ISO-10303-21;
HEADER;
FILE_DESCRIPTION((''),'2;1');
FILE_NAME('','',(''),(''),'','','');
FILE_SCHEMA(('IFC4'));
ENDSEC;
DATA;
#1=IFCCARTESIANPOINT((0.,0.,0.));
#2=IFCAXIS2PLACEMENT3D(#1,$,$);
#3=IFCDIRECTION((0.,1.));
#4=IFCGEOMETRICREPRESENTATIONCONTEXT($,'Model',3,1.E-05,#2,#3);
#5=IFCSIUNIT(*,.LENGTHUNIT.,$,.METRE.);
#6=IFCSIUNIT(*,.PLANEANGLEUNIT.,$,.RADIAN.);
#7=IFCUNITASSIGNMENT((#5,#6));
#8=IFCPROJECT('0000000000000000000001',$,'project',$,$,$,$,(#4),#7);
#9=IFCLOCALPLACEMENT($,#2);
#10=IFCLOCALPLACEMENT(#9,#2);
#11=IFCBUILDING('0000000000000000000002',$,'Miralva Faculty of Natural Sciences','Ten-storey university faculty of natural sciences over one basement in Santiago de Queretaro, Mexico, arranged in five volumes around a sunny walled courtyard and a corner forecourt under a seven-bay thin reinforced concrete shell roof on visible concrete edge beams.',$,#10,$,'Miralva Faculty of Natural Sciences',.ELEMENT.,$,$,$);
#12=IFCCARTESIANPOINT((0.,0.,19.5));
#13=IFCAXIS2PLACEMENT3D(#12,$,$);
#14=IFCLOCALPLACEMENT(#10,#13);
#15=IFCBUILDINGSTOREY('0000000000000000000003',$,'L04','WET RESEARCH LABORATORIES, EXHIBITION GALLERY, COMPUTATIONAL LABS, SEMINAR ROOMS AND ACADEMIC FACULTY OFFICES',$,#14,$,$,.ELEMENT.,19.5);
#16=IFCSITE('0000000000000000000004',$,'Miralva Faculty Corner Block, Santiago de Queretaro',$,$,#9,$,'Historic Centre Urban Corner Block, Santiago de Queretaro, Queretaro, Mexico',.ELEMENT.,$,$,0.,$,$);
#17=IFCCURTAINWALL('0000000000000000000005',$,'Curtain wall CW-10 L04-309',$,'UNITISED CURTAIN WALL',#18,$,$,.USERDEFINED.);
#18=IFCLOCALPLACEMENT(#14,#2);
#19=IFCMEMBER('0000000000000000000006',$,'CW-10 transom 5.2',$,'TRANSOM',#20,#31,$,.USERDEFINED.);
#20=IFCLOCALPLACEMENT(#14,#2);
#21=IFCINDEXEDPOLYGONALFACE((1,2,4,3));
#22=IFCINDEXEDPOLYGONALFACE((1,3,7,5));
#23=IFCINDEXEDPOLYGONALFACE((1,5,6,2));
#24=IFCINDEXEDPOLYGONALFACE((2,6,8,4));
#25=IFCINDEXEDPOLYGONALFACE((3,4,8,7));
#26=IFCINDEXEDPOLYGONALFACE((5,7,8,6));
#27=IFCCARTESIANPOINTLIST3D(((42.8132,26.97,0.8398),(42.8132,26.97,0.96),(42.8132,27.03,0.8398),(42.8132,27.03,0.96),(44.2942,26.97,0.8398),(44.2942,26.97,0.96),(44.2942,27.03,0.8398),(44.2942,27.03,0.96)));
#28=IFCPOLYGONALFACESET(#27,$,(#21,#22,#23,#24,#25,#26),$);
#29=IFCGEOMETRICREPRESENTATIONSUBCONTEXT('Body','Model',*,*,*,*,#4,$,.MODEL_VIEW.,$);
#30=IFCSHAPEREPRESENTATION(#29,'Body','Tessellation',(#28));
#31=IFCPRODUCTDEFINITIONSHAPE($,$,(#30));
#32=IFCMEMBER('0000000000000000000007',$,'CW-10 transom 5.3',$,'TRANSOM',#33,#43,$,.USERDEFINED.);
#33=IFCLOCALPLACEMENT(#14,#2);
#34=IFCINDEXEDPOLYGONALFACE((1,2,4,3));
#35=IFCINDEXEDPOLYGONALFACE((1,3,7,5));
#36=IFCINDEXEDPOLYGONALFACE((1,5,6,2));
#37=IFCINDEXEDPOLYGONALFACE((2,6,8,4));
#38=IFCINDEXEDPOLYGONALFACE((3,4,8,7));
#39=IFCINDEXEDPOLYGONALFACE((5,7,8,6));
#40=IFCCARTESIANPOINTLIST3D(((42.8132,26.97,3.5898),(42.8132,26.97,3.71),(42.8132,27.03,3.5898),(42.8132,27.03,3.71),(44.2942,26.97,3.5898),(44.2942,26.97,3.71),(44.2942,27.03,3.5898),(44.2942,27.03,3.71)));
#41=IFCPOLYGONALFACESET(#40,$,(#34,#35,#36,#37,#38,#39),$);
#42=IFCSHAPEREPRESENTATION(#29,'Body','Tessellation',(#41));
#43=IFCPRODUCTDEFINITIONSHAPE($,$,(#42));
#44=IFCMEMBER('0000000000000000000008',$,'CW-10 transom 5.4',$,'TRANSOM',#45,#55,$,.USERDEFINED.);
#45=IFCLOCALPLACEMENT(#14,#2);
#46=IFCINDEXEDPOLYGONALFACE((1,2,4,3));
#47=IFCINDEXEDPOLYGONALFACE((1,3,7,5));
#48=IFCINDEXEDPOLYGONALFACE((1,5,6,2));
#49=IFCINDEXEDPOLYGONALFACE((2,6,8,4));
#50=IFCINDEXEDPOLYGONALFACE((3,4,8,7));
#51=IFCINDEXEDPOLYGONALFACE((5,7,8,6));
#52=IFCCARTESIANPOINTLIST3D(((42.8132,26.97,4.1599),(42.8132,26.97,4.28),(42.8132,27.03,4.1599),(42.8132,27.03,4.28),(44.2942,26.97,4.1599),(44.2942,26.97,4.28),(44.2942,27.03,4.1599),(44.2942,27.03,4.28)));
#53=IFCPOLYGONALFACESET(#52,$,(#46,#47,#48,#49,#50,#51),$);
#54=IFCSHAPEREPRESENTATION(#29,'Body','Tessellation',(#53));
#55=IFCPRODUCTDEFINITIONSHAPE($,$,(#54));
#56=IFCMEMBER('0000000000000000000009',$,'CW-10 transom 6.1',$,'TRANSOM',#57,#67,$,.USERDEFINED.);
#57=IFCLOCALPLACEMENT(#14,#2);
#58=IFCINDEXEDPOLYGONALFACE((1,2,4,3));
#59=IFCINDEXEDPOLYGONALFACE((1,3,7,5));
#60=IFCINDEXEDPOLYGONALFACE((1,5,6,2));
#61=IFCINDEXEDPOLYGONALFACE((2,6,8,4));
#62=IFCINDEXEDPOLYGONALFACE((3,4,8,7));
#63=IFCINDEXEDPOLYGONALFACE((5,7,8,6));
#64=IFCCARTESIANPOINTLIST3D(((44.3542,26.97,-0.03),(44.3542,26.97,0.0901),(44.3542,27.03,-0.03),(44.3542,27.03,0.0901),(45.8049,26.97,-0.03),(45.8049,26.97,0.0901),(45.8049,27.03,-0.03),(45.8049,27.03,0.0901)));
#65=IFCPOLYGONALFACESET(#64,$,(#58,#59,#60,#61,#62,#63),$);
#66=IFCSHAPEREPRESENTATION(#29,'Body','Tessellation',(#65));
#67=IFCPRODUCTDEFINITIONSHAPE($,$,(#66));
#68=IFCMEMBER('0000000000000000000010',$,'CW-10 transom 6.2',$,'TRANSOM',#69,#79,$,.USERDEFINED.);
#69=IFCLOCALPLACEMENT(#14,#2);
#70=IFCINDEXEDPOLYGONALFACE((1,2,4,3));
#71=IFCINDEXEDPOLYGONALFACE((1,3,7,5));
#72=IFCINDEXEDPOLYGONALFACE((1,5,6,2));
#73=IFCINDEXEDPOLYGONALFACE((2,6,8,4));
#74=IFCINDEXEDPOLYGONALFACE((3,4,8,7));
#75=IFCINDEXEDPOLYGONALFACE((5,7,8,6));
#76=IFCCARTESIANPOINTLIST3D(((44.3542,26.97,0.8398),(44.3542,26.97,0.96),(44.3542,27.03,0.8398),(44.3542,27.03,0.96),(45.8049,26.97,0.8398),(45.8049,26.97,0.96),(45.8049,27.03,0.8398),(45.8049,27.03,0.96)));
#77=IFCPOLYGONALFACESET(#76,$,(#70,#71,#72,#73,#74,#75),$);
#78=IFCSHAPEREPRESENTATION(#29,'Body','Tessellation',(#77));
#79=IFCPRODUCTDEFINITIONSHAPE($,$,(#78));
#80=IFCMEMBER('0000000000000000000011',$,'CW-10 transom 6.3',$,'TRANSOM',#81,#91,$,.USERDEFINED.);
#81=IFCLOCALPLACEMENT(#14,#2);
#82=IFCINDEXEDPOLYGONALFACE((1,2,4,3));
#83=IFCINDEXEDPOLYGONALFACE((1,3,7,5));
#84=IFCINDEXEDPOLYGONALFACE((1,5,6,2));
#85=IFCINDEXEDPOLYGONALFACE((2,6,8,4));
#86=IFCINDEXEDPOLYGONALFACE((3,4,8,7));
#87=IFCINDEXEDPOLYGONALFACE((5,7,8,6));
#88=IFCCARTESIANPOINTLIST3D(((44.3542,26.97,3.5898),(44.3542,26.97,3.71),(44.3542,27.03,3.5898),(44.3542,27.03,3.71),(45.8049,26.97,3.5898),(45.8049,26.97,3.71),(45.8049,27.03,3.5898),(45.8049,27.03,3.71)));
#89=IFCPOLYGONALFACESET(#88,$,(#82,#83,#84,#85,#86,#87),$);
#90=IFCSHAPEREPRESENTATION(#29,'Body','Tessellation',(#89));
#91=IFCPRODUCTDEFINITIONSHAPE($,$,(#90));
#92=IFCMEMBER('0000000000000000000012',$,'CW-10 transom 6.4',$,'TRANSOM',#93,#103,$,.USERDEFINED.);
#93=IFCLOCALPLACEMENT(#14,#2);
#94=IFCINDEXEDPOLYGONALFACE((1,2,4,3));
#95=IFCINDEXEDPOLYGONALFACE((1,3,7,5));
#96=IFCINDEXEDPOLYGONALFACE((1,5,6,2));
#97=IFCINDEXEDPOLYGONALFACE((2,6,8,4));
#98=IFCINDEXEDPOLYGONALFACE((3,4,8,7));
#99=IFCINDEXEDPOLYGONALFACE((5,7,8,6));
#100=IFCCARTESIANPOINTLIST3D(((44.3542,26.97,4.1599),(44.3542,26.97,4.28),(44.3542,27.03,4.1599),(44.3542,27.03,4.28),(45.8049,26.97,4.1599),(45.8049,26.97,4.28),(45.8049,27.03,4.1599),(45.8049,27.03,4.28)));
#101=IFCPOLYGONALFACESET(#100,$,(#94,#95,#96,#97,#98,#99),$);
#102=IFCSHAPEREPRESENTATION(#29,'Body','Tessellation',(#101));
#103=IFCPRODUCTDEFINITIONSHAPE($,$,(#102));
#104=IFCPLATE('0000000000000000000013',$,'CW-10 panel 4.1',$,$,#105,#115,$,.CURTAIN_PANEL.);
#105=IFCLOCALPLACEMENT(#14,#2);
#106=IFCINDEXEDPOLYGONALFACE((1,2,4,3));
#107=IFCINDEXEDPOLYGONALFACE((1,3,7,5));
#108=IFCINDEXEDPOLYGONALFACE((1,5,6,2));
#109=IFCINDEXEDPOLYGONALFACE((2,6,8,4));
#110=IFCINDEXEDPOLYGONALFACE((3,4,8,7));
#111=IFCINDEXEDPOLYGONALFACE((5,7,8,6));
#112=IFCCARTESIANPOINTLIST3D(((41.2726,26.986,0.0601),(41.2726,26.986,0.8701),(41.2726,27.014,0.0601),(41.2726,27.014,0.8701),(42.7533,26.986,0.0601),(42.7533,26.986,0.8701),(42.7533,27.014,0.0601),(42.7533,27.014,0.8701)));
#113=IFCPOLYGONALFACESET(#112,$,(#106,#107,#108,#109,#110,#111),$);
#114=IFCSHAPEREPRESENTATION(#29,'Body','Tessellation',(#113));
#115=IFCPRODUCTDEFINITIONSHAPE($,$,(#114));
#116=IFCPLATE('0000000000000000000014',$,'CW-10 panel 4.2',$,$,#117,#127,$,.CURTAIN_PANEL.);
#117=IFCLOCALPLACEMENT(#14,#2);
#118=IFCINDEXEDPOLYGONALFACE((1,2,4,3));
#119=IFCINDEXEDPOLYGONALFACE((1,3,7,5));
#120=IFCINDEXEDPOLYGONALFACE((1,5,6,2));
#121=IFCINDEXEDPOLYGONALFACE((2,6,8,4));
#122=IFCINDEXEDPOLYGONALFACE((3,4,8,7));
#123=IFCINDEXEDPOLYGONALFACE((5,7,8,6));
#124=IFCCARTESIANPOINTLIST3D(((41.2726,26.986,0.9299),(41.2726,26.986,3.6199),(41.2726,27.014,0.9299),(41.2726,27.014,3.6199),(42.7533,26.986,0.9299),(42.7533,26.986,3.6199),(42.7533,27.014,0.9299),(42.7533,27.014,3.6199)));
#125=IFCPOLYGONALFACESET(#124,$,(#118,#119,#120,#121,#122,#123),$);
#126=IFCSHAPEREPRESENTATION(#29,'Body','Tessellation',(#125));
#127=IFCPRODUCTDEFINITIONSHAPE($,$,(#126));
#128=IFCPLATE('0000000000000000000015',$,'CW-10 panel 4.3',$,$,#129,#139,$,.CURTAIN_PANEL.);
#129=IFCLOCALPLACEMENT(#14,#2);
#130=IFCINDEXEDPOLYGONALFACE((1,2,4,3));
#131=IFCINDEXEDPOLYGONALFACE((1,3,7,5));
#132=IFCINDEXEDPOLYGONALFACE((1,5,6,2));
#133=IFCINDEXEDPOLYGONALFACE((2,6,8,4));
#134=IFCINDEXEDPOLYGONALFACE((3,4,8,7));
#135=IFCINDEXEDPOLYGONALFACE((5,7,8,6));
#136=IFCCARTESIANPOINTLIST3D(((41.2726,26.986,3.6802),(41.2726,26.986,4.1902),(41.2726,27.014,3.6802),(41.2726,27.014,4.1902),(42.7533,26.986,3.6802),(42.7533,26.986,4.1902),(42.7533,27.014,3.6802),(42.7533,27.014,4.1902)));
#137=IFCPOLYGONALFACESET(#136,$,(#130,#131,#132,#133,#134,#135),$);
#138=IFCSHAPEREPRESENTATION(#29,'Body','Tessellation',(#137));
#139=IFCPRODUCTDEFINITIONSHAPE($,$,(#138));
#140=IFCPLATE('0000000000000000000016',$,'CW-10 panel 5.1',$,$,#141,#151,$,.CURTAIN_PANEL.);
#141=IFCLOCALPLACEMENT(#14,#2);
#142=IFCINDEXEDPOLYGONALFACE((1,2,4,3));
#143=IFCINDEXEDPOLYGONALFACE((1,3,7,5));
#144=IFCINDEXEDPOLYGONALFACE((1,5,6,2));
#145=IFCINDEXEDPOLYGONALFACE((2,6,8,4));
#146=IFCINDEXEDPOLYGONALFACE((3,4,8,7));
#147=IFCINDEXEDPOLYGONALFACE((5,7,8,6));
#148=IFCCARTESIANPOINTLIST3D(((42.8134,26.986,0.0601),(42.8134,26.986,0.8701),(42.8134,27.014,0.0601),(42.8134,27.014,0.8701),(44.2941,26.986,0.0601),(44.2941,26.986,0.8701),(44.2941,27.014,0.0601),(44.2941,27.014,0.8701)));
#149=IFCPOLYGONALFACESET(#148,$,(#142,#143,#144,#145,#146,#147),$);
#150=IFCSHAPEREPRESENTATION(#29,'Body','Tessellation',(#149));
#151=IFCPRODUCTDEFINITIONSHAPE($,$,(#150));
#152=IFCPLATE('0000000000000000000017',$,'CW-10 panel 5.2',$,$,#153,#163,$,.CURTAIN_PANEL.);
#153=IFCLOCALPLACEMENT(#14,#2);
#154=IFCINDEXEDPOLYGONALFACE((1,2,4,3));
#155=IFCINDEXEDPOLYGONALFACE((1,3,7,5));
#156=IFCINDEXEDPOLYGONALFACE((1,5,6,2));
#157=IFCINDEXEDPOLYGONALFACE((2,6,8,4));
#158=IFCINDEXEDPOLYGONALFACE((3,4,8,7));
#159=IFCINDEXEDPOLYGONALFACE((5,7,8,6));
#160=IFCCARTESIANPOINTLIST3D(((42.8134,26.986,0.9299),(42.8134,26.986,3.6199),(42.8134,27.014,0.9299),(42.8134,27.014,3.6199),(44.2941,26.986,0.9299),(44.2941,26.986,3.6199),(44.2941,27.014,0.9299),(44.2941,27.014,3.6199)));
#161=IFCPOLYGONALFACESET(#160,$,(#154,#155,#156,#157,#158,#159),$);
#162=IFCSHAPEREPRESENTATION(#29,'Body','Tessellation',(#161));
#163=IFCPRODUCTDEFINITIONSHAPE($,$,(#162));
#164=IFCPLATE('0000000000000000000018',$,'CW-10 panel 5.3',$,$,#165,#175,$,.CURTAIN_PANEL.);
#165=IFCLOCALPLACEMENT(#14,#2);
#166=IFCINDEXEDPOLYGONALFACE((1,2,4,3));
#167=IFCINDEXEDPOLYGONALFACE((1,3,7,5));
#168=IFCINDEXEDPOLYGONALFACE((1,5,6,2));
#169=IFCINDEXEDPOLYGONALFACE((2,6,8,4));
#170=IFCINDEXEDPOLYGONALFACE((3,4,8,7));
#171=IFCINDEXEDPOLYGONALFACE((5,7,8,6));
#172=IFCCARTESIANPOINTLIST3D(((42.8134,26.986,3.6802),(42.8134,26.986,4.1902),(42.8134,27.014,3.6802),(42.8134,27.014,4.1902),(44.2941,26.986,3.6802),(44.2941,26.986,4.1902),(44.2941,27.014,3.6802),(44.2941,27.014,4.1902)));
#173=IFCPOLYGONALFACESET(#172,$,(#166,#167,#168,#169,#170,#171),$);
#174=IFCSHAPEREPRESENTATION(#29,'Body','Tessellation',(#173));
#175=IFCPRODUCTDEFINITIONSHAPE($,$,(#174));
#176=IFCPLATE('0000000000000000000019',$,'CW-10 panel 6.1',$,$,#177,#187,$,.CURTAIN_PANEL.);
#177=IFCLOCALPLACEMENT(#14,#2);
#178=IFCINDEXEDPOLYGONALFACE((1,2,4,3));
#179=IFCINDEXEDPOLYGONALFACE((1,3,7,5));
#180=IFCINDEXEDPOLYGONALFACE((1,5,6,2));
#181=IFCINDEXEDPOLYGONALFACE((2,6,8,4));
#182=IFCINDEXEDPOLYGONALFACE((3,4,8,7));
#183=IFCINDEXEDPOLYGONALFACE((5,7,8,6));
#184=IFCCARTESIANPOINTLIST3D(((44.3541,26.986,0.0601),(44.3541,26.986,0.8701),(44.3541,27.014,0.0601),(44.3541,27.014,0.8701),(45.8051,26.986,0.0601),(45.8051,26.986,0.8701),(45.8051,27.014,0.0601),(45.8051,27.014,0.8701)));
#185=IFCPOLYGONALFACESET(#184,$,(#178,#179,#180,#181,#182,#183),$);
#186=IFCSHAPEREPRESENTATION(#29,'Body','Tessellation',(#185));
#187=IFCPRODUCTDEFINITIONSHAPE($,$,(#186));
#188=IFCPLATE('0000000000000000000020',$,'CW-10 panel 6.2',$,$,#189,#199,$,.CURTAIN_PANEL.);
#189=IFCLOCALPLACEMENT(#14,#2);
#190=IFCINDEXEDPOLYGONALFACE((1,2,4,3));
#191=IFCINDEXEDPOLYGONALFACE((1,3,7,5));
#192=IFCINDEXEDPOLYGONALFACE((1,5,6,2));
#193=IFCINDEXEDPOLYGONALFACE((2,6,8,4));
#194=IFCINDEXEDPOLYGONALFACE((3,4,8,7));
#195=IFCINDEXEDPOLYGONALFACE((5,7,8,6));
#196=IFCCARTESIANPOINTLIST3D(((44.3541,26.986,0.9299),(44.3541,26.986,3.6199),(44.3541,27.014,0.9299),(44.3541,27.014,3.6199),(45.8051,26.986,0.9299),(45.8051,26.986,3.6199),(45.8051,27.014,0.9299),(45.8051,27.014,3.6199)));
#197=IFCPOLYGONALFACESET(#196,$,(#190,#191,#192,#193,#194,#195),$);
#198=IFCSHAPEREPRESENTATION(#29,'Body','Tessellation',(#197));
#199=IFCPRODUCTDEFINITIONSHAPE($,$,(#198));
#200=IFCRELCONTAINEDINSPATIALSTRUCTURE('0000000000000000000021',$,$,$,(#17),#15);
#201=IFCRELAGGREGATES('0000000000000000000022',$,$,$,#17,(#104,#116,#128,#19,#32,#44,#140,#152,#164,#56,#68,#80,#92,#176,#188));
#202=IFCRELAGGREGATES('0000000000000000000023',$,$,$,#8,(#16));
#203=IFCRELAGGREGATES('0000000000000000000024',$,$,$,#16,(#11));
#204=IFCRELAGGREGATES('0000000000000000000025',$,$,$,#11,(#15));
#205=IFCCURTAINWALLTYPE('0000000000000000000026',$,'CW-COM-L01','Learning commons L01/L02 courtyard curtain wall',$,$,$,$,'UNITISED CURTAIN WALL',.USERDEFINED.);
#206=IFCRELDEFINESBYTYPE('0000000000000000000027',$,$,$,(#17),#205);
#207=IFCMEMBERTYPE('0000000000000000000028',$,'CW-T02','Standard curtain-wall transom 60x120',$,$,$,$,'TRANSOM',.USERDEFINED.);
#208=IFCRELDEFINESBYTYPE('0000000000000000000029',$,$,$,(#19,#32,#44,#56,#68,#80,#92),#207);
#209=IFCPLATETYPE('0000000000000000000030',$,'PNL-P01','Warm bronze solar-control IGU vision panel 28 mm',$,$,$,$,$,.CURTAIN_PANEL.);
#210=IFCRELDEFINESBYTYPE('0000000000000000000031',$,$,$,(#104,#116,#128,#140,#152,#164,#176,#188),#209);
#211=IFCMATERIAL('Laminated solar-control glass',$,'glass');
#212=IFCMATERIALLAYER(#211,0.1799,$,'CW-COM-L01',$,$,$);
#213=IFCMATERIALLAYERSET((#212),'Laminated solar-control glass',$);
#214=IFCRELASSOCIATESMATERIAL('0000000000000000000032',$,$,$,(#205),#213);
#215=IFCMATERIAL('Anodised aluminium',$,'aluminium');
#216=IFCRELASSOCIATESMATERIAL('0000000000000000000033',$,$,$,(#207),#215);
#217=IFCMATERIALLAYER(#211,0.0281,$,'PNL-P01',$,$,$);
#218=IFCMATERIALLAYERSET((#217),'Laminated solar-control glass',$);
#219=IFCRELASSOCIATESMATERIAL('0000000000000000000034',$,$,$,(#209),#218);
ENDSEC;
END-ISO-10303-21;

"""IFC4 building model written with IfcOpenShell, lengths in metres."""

from ifc_helpers import new_model, si_unit, direction, frame, origin, origin_2d, place, context, subcontext, project, spatial, rectangle, extrude, material, layer, layer_set, material_profile, profile_set, type_object, element, aggregate, save


model = new_model("IFC4")

# Units and contexts
model_context = context("Model", 3, precision=1e-05, world=origin(), true_north=direction((0.0, 1.0)))
body_context = subcontext(model_context, "Body", "Model", "MODEL_VIEW")
ifc_project = project(units=[si_unit("LENGTHUNIT", "METRE"), si_unit("PLANEANGLEUNIT", "RADIAN")], contexts=[model_context])

# Site, building, storey
site_placement = place(None, origin())
site = spatial("IfcSite", under=ifc_project, at=site_placement, Name="Miralva Faculty Corner Block, Santiago de Queretaro", LongName="Historic Centre Urban Corner Block, Santiago de Queretaro, Queretaro, Mexico", CompositionType="ELEMENT", RefElevation=0.0)
building_placement = place(site_placement, origin())
building = spatial("IfcBuilding", under=site, at=building_placement, Name="Miralva Faculty of Natural Sciences", Description="Ten-storey university faculty of natural sciences over one basement in Santiago de Queretaro, Mexico, arranged in five volumes around a sunny walled courtyard and a corner forecourt under a seven-bay thin reinforced concrete shell roof on visible concrete edge beams.", LongName="Miralva Faculty of Natural Sciences", CompositionType="ELEMENT")
storey_placement = place(building_placement, frame((0.0, 0.0, 19.5)))
storey = spatial("IfcBuildingStorey", under=building, at=storey_placement, Name="L04", Description="WET RESEARCH LABORATORIES, EXHIBITION GALLERY, COMPUTATIONAL LABS, SEMINAR ROOMS AND ACADEMIC FACULTY OFFICES", CompositionType="ELEMENT", Elevation=19.5)

# Curtain wall
ifc_material_1 = material(Name="Laminated solar-control glass", Category="glass")
ifc_layer_1 = layer(ifc_material_1, 0.1799, Name="CW-COM-L01")
ifc_layer_set_1 = layer_set([ifc_layer_1], Name="Laminated solar-control glass")
curtain_wall_type = type_object("IfcCurtainWallType", Name="CW-COM-L01", Description="Learning commons L01/L02 courtyard curtain wall", ElementType="UNITISED CURTAIN WALL", PredefinedType="USERDEFINED", material=ifc_layer_set_1)
curtain_wall_1_placement = place(storey_placement, origin())
curtain_wall_1 = element("IfcCurtainWall", 1, at=curtain_wall_1_placement, inside=storey, type_object=curtain_wall_type, Name="Curtain wall CW-10 L04-309", ObjectType="UNITISED CURTAIN WALL", PredefinedType="USERDEFINED")
ifc_material_2 = material(Name="Anodised aluminium", Category="aluminium")

# Shared definitions
ifc_material_profile_1 = material_profile(ifc_material_2, rectangle(XDim=0.0601, YDim=0.1201, at=origin_2d()), Name="TRANSOM 60x120")
ifc_profile_set_1 = profile_set([ifc_material_profile_1], Name="Anodised aluminium")
member_type_1 = type_object("IfcMemberType", Name="CW-T02", Description="Standard curtain-wall transom 60x120", ElementType="TRANSOM", PredefinedType="USERDEFINED", material=ifc_profile_set_1)

# Members
member_1_placement = place(storey_placement, frame((42.8132, 27.0, 0.8999), z_axis=(1.0, 0.0, 0.0), x_axis=(0.0, 1.0, 0.0)))
member_1 = element("IfcMember", 2, at=member_1_placement, type_object=member_type_1, Name="CW-10 transom 5.2", ObjectType="TRANSOM", PredefinedType="USERDEFINED", context=body_context, shape_type="SweptSolid", body=[
    extrude(rectangle(XDim=0.0601, YDim=0.1201, at=origin_2d()), origin(), (0.0, 0.0, 1.0), 1.481),
])
member_2_placement = place(storey_placement, frame((42.8132, 27.0, 3.6499), z_axis=(1.0, 0.0, 0.0), x_axis=(0.0, 1.0, 0.0)))
member_2 = element("IfcMember", 3, at=member_2_placement, type_object=member_type_1, Name="CW-10 transom 5.3", ObjectType="TRANSOM", PredefinedType="USERDEFINED", context=body_context, shape_type="SweptSolid", body=[
    extrude(rectangle(XDim=0.0601, YDim=0.1201, at=origin_2d()), origin(), (0.0, 0.0, 1.0), 1.481),
])
member_3_placement = place(storey_placement, frame((42.8132, 27.0, 4.22), z_axis=(1.0, 0.0, 0.0), x_axis=(0.0, 1.0, 0.0)))
member_3 = element("IfcMember", 4, at=member_3_placement, type_object=member_type_1, Name="CW-10 transom 5.4", ObjectType="TRANSOM", PredefinedType="USERDEFINED", context=body_context, shape_type="SweptSolid", body=[
    extrude(rectangle(XDim=0.0601, YDim=0.1201, at=origin_2d()), origin(), (0.0, 0.0, 1.0), 1.481),
])
member_4_placement = place(storey_placement, frame((44.3542, 27.0, 0.03), z_axis=(1.0, 0.0, 0.0), x_axis=(0.0, 1.0, 0.0)))
member_4 = element("IfcMember", 5, at=member_4_placement, type_object=member_type_1, Name="CW-10 transom 6.1", ObjectType="TRANSOM", PredefinedType="USERDEFINED", context=body_context, shape_type="SweptSolid", body=[
    extrude(rectangle(XDim=0.0601, YDim=0.1201, at=origin_2d()), origin(), (0.0, 0.0, 1.0), 1.4507),
])
member_5_placement = place(storey_placement, frame((44.3542, 27.0, 0.8999), z_axis=(1.0, 0.0, 0.0), x_axis=(0.0, 1.0, 0.0)))
member_5 = element("IfcMember", 6, at=member_5_placement, type_object=member_type_1, Name="CW-10 transom 6.2", ObjectType="TRANSOM", PredefinedType="USERDEFINED", context=body_context, shape_type="SweptSolid", body=[
    extrude(rectangle(XDim=0.0601, YDim=0.1201, at=origin_2d()), origin(), (0.0, 0.0, 1.0), 1.4507),
])
member_6_placement = place(storey_placement, frame((44.3542, 27.0, 3.6499), z_axis=(1.0, 0.0, 0.0), x_axis=(0.0, 1.0, 0.0)))
member_6 = element("IfcMember", 7, at=member_6_placement, type_object=member_type_1, Name="CW-10 transom 6.3", ObjectType="TRANSOM", PredefinedType="USERDEFINED", context=body_context, shape_type="SweptSolid", body=[
    extrude(rectangle(XDim=0.0601, YDim=0.1201, at=origin_2d()), origin(), (0.0, 0.0, 1.0), 1.4507),
])
member_7_placement = place(storey_placement, frame((44.3542, 27.0, 4.22), z_axis=(1.0, 0.0, 0.0), x_axis=(0.0, 1.0, 0.0)))
member_7 = element("IfcMember", 8, at=member_7_placement, type_object=member_type_1, Name="CW-10 transom 6.4", ObjectType="TRANSOM", PredefinedType="USERDEFINED", context=body_context, shape_type="SweptSolid", body=[
    extrude(rectangle(XDim=0.0601, YDim=0.1201, at=origin_2d()), origin(), (0.0, 0.0, 1.0), 1.4507),
])

# Plates
ifc_layer_2 = layer(ifc_material_1, 0.0281, Name="PNL-P01")
ifc_layer_set_2 = layer_set([ifc_layer_2], Name="Laminated solar-control glass")
plate_type = type_object("IfcPlateType", Name="PNL-P01", Description="Warm bronze solar-control IGU vision panel 28 mm", PredefinedType="CURTAIN_PANEL", material=ifc_layer_set_2)
plate_1_placement = place(storey_placement, frame((42.0129, 27.0, 0.0601), z_axis=(0.0, 0.0, 1.0), x_axis=(1.0, 0.0, 0.0)))
plate_1 = element("IfcPlate", 9, at=plate_1_placement, type_object=plate_type, Name="CW-10 panel 4.1", PredefinedType="CURTAIN_PANEL", context=body_context, shape_type="SweptSolid", body=[
    extrude(rectangle(XDim=1.4807, YDim=0.0281, at=origin_2d()), origin(), (0.0, 0.0, 1.0), 0.8101),
])
plate_2_placement = place(storey_placement, frame((42.0129, 27.0, 0.9299), z_axis=(0.0, 0.0, 1.0), x_axis=(1.0, 0.0, 0.0)))
plate_2 = element("IfcPlate", 10, at=plate_2_placement, type_object=plate_type, Name="CW-10 panel 4.2", PredefinedType="CURTAIN_PANEL", context=body_context, shape_type="SweptSolid", body=[
    extrude(rectangle(XDim=1.4807, YDim=0.0281, at=origin_2d()), origin(), (0.0, 0.0, 1.0), 2.6899),
])
plate_3_placement = place(storey_placement, frame((42.0129, 27.0, 3.6802), z_axis=(0.0, 0.0, 1.0), x_axis=(1.0, 0.0, 0.0)))
plate_3 = element("IfcPlate", 11, at=plate_3_placement, type_object=plate_type, Name="CW-10 panel 4.3", PredefinedType="CURTAIN_PANEL", context=body_context, shape_type="SweptSolid", body=[
    extrude(rectangle(XDim=1.4807, YDim=0.0281, at=origin_2d()), origin(), (0.0, 0.0, 1.0), 0.51),
])
plate_4_placement = place(storey_placement, frame((43.5537, 27.0, 0.0601), z_axis=(0.0, 0.0, 1.0), x_axis=(1.0, 0.0, 0.0)))
plate_4 = element("IfcPlate", 12, at=plate_4_placement, type_object=plate_type, Name="CW-10 panel 5.1", PredefinedType="CURTAIN_PANEL", context=body_context, shape_type="SweptSolid", body=[
    extrude(rectangle(XDim=1.4807, YDim=0.0281, at=origin_2d()), origin(), (0.0, 0.0, 1.0), 0.8101),
])
plate_5_placement = place(storey_placement, frame((43.5537, 27.0, 0.9299), z_axis=(0.0, 0.0, 1.0), x_axis=(1.0, 0.0, 0.0)))
plate_5 = element("IfcPlate", 13, at=plate_5_placement, type_object=plate_type, Name="CW-10 panel 5.2", PredefinedType="CURTAIN_PANEL", context=body_context, shape_type="SweptSolid", body=[
    extrude(rectangle(XDim=1.4807, YDim=0.0281, at=origin_2d()), origin(), (0.0, 0.0, 1.0), 2.6899),
])
plate_6_placement = place(storey_placement, frame((43.5537, 27.0, 3.6802), z_axis=(0.0, 0.0, 1.0), x_axis=(1.0, 0.0, 0.0)))
plate_6 = element("IfcPlate", 14, at=plate_6_placement, type_object=plate_type, Name="CW-10 panel 5.3", PredefinedType="CURTAIN_PANEL", context=body_context, shape_type="SweptSolid", body=[
    extrude(rectangle(XDim=1.4807, YDim=0.0281, at=origin_2d()), origin(), (0.0, 0.0, 1.0), 0.51),
])
plate_7_placement = place(storey_placement, frame((45.0796, 27.0, 0.0601), z_axis=(0.0, 0.0, 1.0), x_axis=(1.0, 0.0, 0.0)))
plate_7 = element("IfcPlate", 15, at=plate_7_placement, type_object=plate_type, Name="CW-10 panel 6.1", PredefinedType="CURTAIN_PANEL", context=body_context, shape_type="SweptSolid", body=[
    extrude(rectangle(XDim=1.4509, YDim=0.0281, at=origin_2d()), origin(), (0.0, 0.0, 1.0), 0.8101),
])
plate_8_placement = place(storey_placement, frame((45.0796, 27.0, 0.9299), z_axis=(0.0, 0.0, 1.0), x_axis=(1.0, 0.0, 0.0)))
plate_8 = element("IfcPlate", 16, at=plate_8_placement, type_object=plate_type, Name="CW-10 panel 6.2", PredefinedType="CURTAIN_PANEL", context=body_context, shape_type="SweptSolid", body=[
    extrude(rectangle(XDim=1.4509, YDim=0.0281, at=origin_2d()), origin(), (0.0, 0.0, 1.0), 2.6899),
])
aggregate(curtain_wall_1, [plate_1, plate_2, plate_3, member_1, member_2, member_3, plate_4, plate_5, plate_6, member_4, member_5, member_6, member_7, plate_7, plate_8])

save(model, "model.ifc")
